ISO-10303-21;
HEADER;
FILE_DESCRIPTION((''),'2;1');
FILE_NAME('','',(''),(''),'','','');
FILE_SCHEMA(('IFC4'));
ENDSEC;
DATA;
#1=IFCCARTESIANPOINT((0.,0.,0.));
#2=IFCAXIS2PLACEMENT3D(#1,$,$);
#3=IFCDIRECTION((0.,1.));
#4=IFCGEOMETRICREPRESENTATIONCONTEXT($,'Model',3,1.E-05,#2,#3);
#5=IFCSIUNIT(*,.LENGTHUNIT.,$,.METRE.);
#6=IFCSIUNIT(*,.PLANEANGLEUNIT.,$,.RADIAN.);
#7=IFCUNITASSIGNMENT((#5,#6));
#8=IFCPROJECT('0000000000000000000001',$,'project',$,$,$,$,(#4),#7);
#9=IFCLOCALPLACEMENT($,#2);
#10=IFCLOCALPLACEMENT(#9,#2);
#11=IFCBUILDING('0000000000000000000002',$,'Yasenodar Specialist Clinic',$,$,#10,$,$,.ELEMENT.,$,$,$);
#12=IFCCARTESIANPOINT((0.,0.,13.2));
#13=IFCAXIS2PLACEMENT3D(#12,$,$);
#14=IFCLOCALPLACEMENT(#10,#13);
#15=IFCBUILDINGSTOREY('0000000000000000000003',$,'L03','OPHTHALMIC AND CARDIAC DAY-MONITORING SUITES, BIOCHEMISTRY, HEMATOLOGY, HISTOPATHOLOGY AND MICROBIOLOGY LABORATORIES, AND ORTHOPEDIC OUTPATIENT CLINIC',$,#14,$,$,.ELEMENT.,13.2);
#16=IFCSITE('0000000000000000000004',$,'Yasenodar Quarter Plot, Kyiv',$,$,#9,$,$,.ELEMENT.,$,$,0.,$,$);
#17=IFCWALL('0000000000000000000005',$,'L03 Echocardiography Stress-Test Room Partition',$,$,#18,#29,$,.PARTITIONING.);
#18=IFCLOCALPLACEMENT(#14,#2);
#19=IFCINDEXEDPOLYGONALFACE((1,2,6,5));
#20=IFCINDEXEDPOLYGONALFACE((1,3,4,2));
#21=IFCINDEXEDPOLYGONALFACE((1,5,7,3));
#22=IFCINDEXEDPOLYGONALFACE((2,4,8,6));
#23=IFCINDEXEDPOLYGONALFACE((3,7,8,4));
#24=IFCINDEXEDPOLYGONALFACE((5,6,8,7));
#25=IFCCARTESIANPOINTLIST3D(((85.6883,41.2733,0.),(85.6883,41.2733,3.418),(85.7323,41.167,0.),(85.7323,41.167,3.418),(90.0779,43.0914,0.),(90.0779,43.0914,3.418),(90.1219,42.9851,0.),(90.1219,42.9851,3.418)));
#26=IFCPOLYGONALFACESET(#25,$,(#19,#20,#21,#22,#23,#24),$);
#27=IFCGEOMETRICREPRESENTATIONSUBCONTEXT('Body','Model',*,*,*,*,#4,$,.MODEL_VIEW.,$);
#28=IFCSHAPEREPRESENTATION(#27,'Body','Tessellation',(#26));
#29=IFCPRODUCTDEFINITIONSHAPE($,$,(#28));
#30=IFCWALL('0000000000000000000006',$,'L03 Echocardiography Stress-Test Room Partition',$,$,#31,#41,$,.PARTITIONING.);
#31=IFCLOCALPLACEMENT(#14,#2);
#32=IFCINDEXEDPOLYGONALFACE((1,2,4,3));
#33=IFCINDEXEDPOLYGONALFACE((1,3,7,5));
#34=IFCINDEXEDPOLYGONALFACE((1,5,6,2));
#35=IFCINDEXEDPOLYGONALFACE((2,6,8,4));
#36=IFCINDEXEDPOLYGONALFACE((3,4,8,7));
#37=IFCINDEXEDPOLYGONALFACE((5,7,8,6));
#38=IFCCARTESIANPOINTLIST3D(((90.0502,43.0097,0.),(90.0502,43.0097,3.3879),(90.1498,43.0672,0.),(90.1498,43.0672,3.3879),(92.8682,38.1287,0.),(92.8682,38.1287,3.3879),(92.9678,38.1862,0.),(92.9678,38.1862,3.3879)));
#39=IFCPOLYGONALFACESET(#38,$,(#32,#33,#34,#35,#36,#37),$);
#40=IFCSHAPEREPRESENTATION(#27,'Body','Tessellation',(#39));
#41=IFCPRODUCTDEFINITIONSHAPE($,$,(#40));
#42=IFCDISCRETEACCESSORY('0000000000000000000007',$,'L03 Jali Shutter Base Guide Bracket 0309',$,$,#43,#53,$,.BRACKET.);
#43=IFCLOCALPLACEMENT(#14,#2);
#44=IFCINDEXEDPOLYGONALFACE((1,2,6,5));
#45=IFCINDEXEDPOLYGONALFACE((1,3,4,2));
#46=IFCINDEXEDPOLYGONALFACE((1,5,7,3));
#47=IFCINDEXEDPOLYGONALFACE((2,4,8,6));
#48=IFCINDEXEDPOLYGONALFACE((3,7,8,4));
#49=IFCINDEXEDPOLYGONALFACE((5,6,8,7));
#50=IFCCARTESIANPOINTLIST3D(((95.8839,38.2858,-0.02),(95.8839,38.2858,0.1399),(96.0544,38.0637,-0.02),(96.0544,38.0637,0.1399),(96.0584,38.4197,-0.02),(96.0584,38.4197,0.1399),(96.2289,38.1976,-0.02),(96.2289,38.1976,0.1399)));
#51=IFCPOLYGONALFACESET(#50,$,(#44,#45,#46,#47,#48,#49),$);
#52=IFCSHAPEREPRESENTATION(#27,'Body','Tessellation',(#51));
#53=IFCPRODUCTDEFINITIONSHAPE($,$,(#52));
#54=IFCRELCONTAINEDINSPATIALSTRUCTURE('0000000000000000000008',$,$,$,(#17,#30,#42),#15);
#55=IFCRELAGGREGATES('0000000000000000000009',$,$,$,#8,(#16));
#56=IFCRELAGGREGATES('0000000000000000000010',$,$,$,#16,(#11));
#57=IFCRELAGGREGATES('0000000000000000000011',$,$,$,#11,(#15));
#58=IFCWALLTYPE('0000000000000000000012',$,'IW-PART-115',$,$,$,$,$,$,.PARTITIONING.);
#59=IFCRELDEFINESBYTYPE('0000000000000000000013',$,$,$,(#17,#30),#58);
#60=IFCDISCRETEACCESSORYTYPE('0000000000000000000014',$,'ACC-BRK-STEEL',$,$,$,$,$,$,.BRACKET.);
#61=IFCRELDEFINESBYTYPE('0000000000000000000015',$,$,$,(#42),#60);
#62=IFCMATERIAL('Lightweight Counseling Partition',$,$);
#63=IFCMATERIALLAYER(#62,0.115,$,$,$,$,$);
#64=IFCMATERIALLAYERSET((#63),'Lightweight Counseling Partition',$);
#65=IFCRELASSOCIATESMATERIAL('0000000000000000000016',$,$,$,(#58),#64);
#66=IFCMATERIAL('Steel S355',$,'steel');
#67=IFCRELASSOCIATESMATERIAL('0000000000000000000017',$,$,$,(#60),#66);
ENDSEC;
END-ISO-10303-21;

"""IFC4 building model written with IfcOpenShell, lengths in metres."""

from ifc_helpers import new_model, si_unit, direction, frame, frame_2d, origin, origin_2d, place, context, subcontext, project, spatial, rectangle, extrude, material, layer, layer_set, type_object, element, save


model = new_model("IFC4")

# Units and contexts
model_context = context("Model", 3, precision=1e-05, world=origin(), true_north=direction((0.0, 1.0)))
body_context = subcontext(model_context, "Body", "Model", "MODEL_VIEW")
ifc_project = project(units=[si_unit("LENGTHUNIT", "METRE"), si_unit("PLANEANGLEUNIT", "RADIAN")], contexts=[model_context])

# Site, building, storey
site_placement = place(None, origin())
site = spatial("IfcSite", under=ifc_project, at=site_placement, Name="Yasenodar Quarter Plot, Kyiv", CompositionType="ELEMENT", RefElevation=0.0)
building_placement = place(site_placement, origin())
building = spatial("IfcBuilding", under=site, at=building_placement, Name="Yasenodar Specialist Clinic", CompositionType="ELEMENT")
storey_placement = place(building_placement, frame((0.0, 0.0, 13.2)))
storey = spatial("IfcBuildingStorey", under=building, at=storey_placement, Name="L03", Description="OPHTHALMIC AND CARDIAC DAY-MONITORING SUITES, BIOCHEMISTRY, HEMATOLOGY, HISTOPATHOLOGY AND MICROBIOLOGY LABORATORIES, AND ORTHOPEDIC OUTPATIENT CLINIC", CompositionType="ELEMENT", Elevation=13.2)

# Shared definitions
ifc_material_1 = material(Name="Steel S355", Category="steel")

# Walls
ifc_material_2 = material(Name="Lightweight Counseling Partition")
ifc_layer_1 = layer(ifc_material_2, 0.115)
ifc_layer_set_1 = layer_set([ifc_layer_1], Name="Lightweight Counseling Partition")
wall_type_1 = type_object("IfcWallType", Name="IW-PART-115", PredefinedType="PARTITIONING", material=ifc_layer_set_1)
wall_1_placement = place(storey_placement, frame((85.7104, 41.2202, 0.0), z_axis=(0.0, 0.0, 1.0), x_axis=(0.92389, 0.382659, 0.0)))
element("IfcWall", 1, at=wall_1_placement, inside=storey, type_object=wall_type_1, Name="L03 Echocardiography Stress-Test Room Partition", PredefinedType="PARTITIONING", context=body_context, shape_type="SweptSolid", body=[
    extrude(rectangle(XDim=4.7512, YDim=0.115, at=frame_2d((2.3755, 0.0))), origin(), (0.0, 0.0, 1.0), 3.418),
])
wall_2_placement = place(storey_placement, frame((90.1001, 43.0383, 0.0), z_axis=(0.0, 0.0, 1.0), x_axis=(0.499987, -0.866033, 0.0)))
element("IfcWall", 2, at=wall_2_placement, inside=storey, type_object=wall_type_1, Name="L03 Echocardiography Stress-Test Room Partition", PredefinedType="PARTITIONING", context=body_context, shape_type="SweptSolid", body=[
    extrude(rectangle(XDim=5.636, YDim=0.115, at=frame_2d((2.8179, 0.0))), origin(), (0.0, 0.0, 1.0), 3.3879),
])

# Discrete accessory
discrete_accessory_type = type_object("IfcDiscreteAccessoryType", Name="ACC-BRK-STEEL", PredefinedType="BRACKET", material=ifc_material_1)
discrete_accessory_placement = place(storey_placement, frame((96.0564, 38.2417, -0.02), z_axis=(0.0, 0.0, 1.0), x_axis=(0.793351, 0.608764, 0.0)))
element("IfcDiscreteAccessory", 3, at=discrete_accessory_placement, inside=storey, type_object=discrete_accessory_type, Name="L03 Jali Shutter Base Guide Bracket 0309", PredefinedType="BRACKET", context=body_context, shape_type="SweptSolid", body=[
    extrude(rectangle(XDim=0.22, YDim=0.28, at=origin_2d()), origin(), (0.0, 0.0, 1.0), 0.1599),
])

save(model, "model.ifc")
